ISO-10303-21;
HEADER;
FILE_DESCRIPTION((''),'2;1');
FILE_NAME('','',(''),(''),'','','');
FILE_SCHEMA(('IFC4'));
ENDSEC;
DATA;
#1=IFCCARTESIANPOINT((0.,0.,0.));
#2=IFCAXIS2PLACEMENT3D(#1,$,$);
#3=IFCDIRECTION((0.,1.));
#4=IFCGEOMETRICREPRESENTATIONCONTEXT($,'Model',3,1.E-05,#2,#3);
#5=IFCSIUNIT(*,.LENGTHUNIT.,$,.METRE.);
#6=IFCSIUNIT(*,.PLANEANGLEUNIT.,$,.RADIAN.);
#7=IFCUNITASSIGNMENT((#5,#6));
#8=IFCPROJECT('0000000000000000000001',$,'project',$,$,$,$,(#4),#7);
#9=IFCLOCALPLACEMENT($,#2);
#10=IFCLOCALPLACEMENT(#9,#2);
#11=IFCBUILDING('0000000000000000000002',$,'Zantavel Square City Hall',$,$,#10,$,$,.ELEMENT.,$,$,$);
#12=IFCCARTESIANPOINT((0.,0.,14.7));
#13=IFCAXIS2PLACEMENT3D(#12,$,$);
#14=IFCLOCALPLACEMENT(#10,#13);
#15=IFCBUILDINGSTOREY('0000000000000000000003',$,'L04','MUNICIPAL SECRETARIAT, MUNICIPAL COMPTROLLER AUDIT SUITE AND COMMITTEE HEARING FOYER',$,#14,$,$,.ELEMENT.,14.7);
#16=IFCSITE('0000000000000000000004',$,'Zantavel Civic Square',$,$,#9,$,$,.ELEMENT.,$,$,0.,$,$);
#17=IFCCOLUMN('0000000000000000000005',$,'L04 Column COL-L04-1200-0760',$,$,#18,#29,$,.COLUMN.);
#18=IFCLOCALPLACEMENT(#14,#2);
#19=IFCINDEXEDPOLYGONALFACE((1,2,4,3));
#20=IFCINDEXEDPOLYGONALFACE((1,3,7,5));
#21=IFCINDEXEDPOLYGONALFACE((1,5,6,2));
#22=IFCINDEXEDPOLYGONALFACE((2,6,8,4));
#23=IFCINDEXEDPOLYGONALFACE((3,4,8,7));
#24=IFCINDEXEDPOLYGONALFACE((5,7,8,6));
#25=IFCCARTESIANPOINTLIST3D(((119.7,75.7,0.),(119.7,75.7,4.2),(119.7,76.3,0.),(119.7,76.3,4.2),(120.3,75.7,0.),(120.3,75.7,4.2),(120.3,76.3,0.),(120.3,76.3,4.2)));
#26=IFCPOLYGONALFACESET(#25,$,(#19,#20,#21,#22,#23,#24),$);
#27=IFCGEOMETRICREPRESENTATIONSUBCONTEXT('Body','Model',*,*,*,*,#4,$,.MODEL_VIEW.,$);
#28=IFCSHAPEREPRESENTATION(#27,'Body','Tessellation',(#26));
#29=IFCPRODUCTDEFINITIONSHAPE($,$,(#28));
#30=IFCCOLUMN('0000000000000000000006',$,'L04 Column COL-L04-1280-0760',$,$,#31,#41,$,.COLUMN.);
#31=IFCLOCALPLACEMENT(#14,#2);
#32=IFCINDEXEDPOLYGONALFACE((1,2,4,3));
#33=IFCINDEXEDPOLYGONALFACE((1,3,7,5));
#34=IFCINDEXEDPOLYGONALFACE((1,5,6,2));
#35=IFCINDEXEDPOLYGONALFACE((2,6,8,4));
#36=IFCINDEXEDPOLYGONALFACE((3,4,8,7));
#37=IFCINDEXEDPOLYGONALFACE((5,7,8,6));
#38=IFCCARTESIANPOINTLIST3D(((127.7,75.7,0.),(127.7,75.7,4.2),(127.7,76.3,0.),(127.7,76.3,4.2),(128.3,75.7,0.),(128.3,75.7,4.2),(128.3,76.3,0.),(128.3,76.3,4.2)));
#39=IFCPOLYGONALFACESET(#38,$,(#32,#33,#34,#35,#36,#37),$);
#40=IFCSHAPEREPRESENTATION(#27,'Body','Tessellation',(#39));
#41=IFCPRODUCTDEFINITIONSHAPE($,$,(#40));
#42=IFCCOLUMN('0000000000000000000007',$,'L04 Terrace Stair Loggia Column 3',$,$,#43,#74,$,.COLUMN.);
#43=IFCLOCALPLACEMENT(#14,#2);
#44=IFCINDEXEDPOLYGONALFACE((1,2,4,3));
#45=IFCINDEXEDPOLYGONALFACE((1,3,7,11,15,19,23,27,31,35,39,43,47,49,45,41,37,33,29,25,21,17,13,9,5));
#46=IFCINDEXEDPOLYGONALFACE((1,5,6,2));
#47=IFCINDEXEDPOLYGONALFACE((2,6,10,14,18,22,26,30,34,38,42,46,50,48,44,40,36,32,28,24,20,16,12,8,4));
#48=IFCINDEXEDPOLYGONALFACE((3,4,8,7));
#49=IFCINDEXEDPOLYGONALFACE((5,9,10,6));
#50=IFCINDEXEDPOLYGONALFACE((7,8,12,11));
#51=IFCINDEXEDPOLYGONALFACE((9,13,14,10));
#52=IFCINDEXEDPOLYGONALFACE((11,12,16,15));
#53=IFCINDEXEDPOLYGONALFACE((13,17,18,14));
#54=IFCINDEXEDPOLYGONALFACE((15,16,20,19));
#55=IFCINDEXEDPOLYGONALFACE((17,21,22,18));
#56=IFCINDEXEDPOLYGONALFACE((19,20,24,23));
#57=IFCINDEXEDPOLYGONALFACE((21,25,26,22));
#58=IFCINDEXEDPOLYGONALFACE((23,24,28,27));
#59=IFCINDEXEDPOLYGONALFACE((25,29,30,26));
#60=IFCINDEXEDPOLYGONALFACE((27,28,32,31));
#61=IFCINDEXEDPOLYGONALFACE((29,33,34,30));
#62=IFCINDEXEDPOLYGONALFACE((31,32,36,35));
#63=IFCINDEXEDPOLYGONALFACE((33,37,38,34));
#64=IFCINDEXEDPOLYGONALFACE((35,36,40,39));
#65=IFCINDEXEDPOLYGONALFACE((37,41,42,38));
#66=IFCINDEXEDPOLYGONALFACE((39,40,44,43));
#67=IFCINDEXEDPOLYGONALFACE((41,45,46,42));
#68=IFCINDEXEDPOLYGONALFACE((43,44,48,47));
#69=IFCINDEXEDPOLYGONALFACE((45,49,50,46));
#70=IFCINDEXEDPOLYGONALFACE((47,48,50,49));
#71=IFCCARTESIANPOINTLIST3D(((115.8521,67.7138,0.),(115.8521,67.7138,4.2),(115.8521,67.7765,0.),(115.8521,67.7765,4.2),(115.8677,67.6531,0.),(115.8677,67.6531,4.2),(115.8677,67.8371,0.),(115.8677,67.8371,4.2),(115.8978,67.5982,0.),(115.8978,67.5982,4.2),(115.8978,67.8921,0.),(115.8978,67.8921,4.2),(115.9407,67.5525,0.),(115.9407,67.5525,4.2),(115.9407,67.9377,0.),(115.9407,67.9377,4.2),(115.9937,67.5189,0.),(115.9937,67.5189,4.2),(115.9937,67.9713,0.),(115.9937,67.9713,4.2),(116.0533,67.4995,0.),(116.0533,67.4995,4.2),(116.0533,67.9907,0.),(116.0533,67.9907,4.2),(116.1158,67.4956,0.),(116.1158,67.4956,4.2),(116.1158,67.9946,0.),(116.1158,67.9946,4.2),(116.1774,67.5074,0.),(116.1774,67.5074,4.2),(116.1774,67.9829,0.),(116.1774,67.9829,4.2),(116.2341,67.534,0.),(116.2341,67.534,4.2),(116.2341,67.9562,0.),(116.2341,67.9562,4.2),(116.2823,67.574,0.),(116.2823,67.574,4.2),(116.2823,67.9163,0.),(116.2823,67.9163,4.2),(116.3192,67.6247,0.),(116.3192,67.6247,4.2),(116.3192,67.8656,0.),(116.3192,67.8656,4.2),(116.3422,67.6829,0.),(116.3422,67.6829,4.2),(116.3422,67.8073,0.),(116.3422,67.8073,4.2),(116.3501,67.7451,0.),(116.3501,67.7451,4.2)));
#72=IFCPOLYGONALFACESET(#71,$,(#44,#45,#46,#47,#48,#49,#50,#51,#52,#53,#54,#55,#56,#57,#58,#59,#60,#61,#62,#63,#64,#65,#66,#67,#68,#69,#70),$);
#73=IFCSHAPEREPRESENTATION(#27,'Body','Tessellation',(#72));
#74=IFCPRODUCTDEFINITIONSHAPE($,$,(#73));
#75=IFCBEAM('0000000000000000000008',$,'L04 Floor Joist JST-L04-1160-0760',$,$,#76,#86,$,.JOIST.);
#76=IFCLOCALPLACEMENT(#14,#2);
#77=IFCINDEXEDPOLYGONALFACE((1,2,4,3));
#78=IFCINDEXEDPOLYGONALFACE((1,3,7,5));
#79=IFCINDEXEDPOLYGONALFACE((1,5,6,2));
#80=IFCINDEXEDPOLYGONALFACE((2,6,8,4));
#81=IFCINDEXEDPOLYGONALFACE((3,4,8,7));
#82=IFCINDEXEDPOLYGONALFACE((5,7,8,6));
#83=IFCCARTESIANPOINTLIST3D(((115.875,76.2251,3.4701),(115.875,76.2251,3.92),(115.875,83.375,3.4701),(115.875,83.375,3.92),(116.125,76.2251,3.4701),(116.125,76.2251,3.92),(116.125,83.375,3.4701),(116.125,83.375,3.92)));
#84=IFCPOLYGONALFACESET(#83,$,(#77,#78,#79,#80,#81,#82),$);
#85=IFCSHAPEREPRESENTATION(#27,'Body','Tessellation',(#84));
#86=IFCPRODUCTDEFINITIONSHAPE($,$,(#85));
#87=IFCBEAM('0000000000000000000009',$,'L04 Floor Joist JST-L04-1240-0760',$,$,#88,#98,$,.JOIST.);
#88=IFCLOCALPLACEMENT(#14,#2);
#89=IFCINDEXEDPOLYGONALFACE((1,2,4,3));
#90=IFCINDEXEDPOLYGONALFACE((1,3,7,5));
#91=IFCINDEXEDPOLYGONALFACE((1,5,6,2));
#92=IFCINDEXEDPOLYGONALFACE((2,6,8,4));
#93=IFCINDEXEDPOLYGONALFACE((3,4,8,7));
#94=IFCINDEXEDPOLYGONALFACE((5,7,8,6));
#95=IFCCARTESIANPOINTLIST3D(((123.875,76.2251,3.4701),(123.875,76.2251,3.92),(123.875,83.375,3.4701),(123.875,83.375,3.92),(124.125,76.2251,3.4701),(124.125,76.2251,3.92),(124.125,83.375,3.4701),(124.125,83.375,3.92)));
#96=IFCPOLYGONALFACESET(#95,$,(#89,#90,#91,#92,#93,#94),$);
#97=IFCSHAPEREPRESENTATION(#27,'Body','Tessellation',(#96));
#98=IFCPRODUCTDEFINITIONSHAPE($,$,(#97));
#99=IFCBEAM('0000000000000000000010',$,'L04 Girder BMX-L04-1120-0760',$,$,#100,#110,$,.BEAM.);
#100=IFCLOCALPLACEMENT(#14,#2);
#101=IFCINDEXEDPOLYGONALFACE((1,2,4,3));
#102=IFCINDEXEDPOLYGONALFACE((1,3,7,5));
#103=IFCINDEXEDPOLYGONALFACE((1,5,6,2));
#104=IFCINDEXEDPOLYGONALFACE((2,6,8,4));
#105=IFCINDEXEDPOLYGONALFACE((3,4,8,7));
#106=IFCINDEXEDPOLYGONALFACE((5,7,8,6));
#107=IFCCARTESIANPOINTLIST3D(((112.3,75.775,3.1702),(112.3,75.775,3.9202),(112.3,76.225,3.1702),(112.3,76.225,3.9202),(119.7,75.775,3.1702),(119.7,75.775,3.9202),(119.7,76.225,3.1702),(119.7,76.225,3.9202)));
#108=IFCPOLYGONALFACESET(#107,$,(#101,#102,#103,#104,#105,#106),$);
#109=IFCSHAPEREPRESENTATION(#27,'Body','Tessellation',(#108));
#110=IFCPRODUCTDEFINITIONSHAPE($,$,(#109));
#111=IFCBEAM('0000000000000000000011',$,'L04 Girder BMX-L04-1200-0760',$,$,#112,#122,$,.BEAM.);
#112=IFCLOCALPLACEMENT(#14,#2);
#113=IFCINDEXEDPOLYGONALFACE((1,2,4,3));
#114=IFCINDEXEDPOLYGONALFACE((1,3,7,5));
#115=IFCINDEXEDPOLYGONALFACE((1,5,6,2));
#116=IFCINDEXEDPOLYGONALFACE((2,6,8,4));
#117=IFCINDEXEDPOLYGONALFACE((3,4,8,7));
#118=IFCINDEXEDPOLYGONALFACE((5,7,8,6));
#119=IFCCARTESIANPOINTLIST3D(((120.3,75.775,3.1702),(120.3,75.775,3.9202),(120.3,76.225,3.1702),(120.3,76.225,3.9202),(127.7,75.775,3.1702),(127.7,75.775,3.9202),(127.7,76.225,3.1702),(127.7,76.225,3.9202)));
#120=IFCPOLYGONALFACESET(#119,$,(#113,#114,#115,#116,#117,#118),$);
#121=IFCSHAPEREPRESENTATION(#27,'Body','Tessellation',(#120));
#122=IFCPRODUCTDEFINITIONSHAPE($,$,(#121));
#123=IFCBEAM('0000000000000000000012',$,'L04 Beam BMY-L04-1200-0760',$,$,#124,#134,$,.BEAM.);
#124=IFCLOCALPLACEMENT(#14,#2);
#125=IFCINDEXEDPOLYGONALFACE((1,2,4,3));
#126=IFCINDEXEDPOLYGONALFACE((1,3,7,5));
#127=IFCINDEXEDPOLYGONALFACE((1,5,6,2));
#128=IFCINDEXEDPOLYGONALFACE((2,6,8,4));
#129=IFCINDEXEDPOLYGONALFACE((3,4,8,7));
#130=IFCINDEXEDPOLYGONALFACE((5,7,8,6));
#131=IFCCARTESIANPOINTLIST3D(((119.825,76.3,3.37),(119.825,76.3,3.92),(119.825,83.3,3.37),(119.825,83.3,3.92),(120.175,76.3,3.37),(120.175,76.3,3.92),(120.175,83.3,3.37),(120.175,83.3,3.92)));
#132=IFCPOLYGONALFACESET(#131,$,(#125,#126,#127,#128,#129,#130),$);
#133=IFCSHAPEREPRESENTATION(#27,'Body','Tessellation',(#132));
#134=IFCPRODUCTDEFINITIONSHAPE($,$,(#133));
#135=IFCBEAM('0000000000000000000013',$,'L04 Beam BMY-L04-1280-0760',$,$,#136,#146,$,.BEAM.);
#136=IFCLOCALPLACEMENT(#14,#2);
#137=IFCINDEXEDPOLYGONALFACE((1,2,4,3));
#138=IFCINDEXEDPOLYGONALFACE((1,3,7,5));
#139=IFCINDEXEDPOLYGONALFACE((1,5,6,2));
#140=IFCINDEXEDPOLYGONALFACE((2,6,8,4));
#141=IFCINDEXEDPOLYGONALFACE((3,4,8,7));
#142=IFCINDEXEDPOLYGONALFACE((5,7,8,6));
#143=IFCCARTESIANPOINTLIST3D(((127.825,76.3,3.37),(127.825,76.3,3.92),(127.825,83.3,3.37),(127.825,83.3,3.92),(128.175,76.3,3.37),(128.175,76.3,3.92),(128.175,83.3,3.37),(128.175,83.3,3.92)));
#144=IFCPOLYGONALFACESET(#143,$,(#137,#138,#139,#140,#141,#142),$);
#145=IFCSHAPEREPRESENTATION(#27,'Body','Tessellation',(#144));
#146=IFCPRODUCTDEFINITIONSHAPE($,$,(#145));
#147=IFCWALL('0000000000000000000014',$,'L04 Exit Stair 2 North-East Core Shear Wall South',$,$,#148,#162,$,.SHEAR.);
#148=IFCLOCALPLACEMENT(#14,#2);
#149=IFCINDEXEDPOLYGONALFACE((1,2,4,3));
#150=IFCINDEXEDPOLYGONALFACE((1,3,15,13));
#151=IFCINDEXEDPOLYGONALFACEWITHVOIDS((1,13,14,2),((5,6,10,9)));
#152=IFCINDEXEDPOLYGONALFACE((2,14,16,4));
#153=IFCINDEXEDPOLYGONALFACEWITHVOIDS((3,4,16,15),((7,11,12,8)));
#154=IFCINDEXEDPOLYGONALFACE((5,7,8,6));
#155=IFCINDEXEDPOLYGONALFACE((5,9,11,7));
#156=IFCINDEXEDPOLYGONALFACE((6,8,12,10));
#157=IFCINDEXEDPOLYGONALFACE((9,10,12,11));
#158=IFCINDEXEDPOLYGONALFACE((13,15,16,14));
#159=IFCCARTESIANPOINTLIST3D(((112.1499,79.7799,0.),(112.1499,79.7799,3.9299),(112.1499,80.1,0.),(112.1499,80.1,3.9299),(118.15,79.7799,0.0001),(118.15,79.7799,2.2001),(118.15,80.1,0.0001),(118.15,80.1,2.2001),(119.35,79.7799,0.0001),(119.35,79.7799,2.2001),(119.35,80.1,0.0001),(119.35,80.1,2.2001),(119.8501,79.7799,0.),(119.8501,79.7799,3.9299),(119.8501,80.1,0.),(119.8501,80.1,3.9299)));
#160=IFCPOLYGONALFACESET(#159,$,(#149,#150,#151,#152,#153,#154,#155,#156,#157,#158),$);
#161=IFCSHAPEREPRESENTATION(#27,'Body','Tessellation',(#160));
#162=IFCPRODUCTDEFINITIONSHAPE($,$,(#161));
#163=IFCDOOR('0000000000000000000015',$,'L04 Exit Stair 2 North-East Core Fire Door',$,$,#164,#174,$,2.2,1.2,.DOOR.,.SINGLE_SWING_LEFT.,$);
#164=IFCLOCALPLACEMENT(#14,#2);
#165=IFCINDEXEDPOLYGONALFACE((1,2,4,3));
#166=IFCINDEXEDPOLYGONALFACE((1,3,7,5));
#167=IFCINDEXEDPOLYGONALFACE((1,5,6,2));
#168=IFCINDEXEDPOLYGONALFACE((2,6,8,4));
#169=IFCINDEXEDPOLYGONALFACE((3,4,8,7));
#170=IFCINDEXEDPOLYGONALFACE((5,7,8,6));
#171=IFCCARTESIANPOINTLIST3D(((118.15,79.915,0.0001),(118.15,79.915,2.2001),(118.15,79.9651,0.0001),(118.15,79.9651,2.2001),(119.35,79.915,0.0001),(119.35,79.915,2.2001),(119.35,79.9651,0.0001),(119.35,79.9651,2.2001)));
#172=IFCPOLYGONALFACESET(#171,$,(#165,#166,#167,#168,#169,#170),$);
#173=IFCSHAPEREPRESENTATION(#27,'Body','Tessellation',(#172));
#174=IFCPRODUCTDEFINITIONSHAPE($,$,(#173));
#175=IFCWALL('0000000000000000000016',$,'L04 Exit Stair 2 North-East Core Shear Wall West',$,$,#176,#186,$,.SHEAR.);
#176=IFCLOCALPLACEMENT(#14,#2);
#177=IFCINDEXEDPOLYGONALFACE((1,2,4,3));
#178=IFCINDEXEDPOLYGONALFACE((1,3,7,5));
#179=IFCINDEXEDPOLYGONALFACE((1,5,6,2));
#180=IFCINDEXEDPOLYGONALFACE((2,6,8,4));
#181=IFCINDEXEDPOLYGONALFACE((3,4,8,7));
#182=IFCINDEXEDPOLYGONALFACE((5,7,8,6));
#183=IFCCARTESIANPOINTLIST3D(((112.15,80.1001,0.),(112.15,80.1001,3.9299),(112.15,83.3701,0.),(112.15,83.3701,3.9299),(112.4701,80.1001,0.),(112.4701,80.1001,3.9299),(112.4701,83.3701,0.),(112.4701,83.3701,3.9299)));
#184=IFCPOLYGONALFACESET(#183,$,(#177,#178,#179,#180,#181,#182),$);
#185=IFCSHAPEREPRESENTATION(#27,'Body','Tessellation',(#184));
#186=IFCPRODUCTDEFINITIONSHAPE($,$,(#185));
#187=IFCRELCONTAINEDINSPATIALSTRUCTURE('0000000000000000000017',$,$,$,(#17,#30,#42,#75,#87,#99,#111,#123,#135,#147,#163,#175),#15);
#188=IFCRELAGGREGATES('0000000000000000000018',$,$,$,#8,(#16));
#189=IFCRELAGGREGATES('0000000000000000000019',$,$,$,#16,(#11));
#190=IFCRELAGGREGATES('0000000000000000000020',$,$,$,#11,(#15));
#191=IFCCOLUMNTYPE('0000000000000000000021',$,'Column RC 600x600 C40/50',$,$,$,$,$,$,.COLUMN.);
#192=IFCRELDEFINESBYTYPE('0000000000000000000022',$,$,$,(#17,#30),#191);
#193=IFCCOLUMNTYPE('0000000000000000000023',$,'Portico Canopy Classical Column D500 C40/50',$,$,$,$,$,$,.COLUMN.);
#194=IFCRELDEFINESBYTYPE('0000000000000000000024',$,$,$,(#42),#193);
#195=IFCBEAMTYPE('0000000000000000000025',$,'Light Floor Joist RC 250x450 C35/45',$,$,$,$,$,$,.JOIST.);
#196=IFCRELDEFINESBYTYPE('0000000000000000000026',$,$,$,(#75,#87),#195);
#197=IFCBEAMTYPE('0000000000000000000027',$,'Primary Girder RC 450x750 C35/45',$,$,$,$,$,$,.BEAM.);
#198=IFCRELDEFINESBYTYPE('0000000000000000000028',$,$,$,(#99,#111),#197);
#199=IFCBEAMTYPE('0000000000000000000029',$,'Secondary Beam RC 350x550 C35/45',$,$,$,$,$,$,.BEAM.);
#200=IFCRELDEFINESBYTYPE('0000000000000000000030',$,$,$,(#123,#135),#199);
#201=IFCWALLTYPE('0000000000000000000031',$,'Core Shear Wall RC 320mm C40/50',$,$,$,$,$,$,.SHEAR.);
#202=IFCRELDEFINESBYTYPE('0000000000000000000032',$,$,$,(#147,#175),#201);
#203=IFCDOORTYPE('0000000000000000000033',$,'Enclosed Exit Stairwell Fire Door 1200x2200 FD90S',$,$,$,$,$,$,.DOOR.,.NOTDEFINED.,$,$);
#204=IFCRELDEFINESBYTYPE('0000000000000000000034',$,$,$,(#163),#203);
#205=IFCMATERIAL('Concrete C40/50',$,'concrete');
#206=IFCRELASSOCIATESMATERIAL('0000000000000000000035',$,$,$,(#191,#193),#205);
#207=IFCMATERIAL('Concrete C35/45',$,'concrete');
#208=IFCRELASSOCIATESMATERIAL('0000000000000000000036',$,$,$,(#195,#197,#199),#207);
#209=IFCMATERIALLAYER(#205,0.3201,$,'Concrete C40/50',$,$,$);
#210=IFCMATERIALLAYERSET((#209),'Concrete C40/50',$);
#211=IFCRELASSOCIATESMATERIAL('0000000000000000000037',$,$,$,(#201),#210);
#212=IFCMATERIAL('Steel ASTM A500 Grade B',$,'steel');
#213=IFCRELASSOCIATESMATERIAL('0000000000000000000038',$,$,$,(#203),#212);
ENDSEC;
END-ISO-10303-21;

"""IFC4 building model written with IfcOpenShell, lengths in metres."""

from ifc_helpers import new_model, si_unit, direction, frame, frame_2d, origin, origin_2d, place, context, subcontext, project, spatial, rectangle, circle, extrude, material, layer, layer_set, material_profile, profile_set, type_object, element, fill, save


model = new_model("IFC4")

# Units and contexts
model_context = context("Model", 3, precision=1e-05, world=origin(), true_north=direction((0.0, 1.0)))
body_context = subcontext(model_context, "Body", "Model", "MODEL_VIEW")
ifc_project = project(units=[si_unit("LENGTHUNIT", "METRE"), si_unit("PLANEANGLEUNIT", "RADIAN")], contexts=[model_context])

# Site, building, storey
site_placement = place(None, origin())
site = spatial("IfcSite", under=ifc_project, at=site_placement, Name="Zantavel Civic Square", CompositionType="ELEMENT", RefElevation=0.0)
building_placement = place(site_placement, origin())
building = spatial("IfcBuilding", under=site, at=building_placement, Name="Zantavel Square City Hall", CompositionType="ELEMENT")
storey_placement = place(building_placement, frame((0.0, 0.0, 14.7)))
storey = spatial("IfcBuildingStorey", under=building, at=storey_placement, Name="L04", Description="MUNICIPAL SECRETARIAT, MUNICIPAL COMPTROLLER AUDIT SUITE AND COMMITTEE HEARING FOYER", CompositionType="ELEMENT", Elevation=14.7)

# Columns
ifc_material_1 = material(Name="Concrete C40/50", Category="concrete")
ifc_material_profile_1 = material_profile(ifc_material_1, rectangle(XDim=0.6001, YDim=0.6001, at=origin_2d()), Name="RC 600x600")
ifc_profile_set_1 = profile_set([ifc_material_profile_1], Name="Concrete C40/50")
column_type_1 = type_object("IfcColumnType", Name="Column RC 600x600 C40/50", PredefinedType="COLUMN", material=ifc_profile_set_1)
for number, where, z_axis, x_axis, name in (
    (1, (120.0, 76.0, 0.0), (0.0, 0.0, 1.0), (1.0, 0.0, 0.0), "L04 Column COL-L04-1200-0760"),
    (2, (128.0, 76.0, 0.0), (0.0, 0.0, 1.0), (1.0, 0.0, 0.0), "L04 Column COL-L04-1280-0760"),
):
    element("IfcColumn", number, at=place(storey_placement, frame(where, z_axis=z_axis, x_axis=x_axis)), inside=storey, type_object=column_type_1, Name=name, PredefinedType="COLUMN", context=body_context, shape_type="SweptSolid", body=[
        extrude(rectangle(XDim=0.6001, YDim=0.6001, at=origin_2d()), origin(), (0.0, 0.0, 1.0), 4.2),
    ])
ifc_material_profile_2 = material_profile(ifc_material_1, circle(Radius=0.25, at=origin_2d()), Name="ROUND D500")
ifc_profile_set_2 = profile_set([ifc_material_profile_2], Name="Concrete C40/50")
column_type_2 = type_object("IfcColumnType", Name="Portico Canopy Classical Column D500 C40/50", PredefinedType="COLUMN", material=ifc_profile_set_2)
column_placement = place(storey_placement, frame((116.1001, 67.7451, 0.0), z_axis=(0.0, 0.0, 1.0), x_axis=(1.0, 0.0, 0.0)))
element("IfcColumn", 3, at=column_placement, inside=storey, type_object=column_type_2, Name="L04 Terrace Stair Loggia Column 3", PredefinedType="COLUMN", context=body_context, shape_type="SweptSolid", body=[
    extrude(circle(Radius=0.25, at=origin_2d()), origin(), (0.0, 0.0, 1.0), 4.2),
])

# Beams
ifc_material_2 = material(Name="Concrete C35/45", Category="concrete")
ifc_material_profile_3 = material_profile(ifc_material_2, rectangle(XDim=0.25, YDim=0.45, at=origin_2d()), Name="RC 250x450")
ifc_profile_set_3 = profile_set([ifc_material_profile_3], Name="Concrete C35/45")
beam_type_1 = type_object("IfcBeamType", Name="Light Floor Joist RC 250x450 C35/45", PredefinedType="JOIST", material=ifc_profile_set_3)
for number, where, z_axis, x_axis, name in (
    (4, (116.0, 76.2251, 3.6951), (0.0, 1.0, 0.0), (-1.0, 0.0, 0.0), "L04 Floor Joist JST-L04-1160-0760"),
    (5, (124.0, 76.2251, 3.6951), (0.0, 1.0, 0.0), (-1.0, 0.0, 0.0), "L04 Floor Joist JST-L04-1240-0760"),
):
    element("IfcBeam", number, at=place(storey_placement, frame(where, z_axis=z_axis, x_axis=x_axis)), inside=storey, type_object=beam_type_1, Name=name, PredefinedType="JOIST", context=body_context, shape_type="SweptSolid", body=[
        extrude(rectangle(XDim=0.25, YDim=0.45, at=origin_2d()), origin(), (0.0, 0.0, 1.0), 7.1499),
    ])
ifc_material_profile_4 = material_profile(ifc_material_2, rectangle(XDim=0.45, YDim=0.75, at=origin_2d()), Name="RC 450x750")
ifc_profile_set_4 = profile_set([ifc_material_profile_4], Name="Concrete C35/45")
beam_type_2 = type_object("IfcBeamType", Name="Primary Girder RC 450x750 C35/45", PredefinedType="BEAM", material=ifc_profile_set_4)
for number, where, z_axis, x_axis, name in (
    (6, (112.3, 76.0, 3.5452), (1.0, 0.0, 0.0), (0.0, 1.0, 0.0), "L04 Girder BMX-L04-1120-0760"),
    (7, (120.3, 76.0, 3.5452), (1.0, 0.0, 0.0), (0.0, 1.0, 0.0), "L04 Girder BMX-L04-1200-0760"),
):
    element("IfcBeam", number, at=place(storey_placement, frame(where, z_axis=z_axis, x_axis=x_axis)), inside=storey, type_object=beam_type_2, Name=name, PredefinedType="BEAM", context=body_context, shape_type="SweptSolid", body=[
        extrude(rectangle(XDim=0.45, YDim=0.75, at=origin_2d()), origin(), (0.0, 0.0, 1.0), 7.3999),
    ])
ifc_material_profile_5 = material_profile(ifc_material_2, rectangle(XDim=0.3501, YDim=0.55, at=origin_2d()), Name="RC 350x550")
ifc_profile_set_5 = profile_set([ifc_material_profile_5], Name="Concrete C35/45")
beam_type_3 = type_object("IfcBeamType", Name="Secondary Beam RC 350x550 C35/45", PredefinedType="BEAM", material=ifc_profile_set_5)
for number, where, z_axis, x_axis, name in (
    (8, (120.0, 76.3, 3.645), (0.0, 1.0, 0.0), (-1.0, 0.0, 0.0), "L04 Beam BMY-L04-1200-0760"),
    (9, (128.0, 76.3, 3.645), (0.0, 1.0, 0.0), (-1.0, 0.0, 0.0), "L04 Beam BMY-L04-1280-0760"),
):
    element("IfcBeam", number, at=place(storey_placement, frame(where, z_axis=z_axis, x_axis=x_axis)), inside=storey, type_object=beam_type_3, Name=name, PredefinedType="BEAM", context=body_context, shape_type="SweptSolid", body=[
        extrude(rectangle(XDim=0.3501, YDim=0.55, at=origin_2d()), origin(), (0.0, 0.0, 1.0), 7.0),
    ])

# Wall, opening, door
ifc_layer_1 = layer(ifc_material_1, 0.3201, Name="Concrete C40/50")
ifc_layer_set_1 = layer_set([ifc_layer_1], Name="Concrete C40/50")
wall_type_1 = type_object("IfcWallType", Name="Core Shear Wall RC 320mm C40/50", PredefinedType="SHEAR", material=ifc_layer_set_1)
wall_1_placement = place(storey_placement, frame((119.8501, 79.9399, 0.0), z_axis=(0.0, 0.0, 1.0), x_axis=(-1.0, 0.0, 0.0)))
wall_1 = element("IfcWall", 10, at=wall_1_placement, inside=storey, type_object=wall_type_1, Name="L04 Exit Stair 2 North-East Core Shear Wall South", PredefinedType="SHEAR", context=body_context, shape_type="SweptSolid", body=[
    extrude(rectangle(XDim=7.7002, YDim=0.3201, at=frame_2d((3.8501, 0.0))), origin(), (0.0, 0.0, 1.0), 3.9299),
])
opening_1_placement = place(wall_1_placement, frame((0.5, 0.0, 0.0)))
opening_1 = element("IfcOpeningElement", 11, at=opening_1_placement, cuts=wall_1, PredefinedType="OPENING", context=body_context, shape_type="SweptSolid", body=[
    extrude(rectangle(XDim=1.2, YDim=2.2, at=frame_2d((0.6001, 1.1001))), frame((0.0, 0.1699, 0.0), z_axis=(0.0, -1.0, 0.0), x_axis=(1.0, 0.0, 0.0)), (0.0, 0.0, 1.0), 0.3401),
])
ifc_material_3 = material(Name="Steel ASTM A500 Grade B", Category="steel")
door_type = type_object("IfcDoorType", Name="Enclosed Exit Stairwell Fire Door 1200x2200 FD90S", OperationType="NOTDEFINED", PredefinedType="DOOR", material=ifc_material_3)
door_placement = place(opening_1_placement, origin())
door = element("IfcDoor", 12, at=door_placement, inside=storey, type_object=door_type, Name="L04 Exit Stair 2 North-East Core Fire Door", OperationType="SINGLE_SWING_LEFT", OverallHeight=2.2, OverallWidth=1.2, PredefinedType="DOOR", context=body_context, shape_type="SweptSolid", body=[
    extrude(rectangle(XDim=1.2, YDim=2.2, at=frame_2d((0.6001, 1.1001))), frame((0.0, 0.0249, 0.0), z_axis=(0.0, -1.0, 0.0), x_axis=(1.0, 0.0, 0.0)), (0.0, 0.0, 1.0), 0.05),
])
fill(opening_1, door)

# Wall
wall_2_placement = place(storey_placement, frame((112.3101, 80.1001, 0.0), z_axis=(0.0, 0.0, 1.0), x_axis=(0.0, 1.0, 0.0)))
element("IfcWall", 13, at=wall_2_placement, inside=storey, type_object=wall_type_1, Name="L04 Exit Stair 2 North-East Core Shear Wall West", PredefinedType="SHEAR", context=body_context, shape_type="SweptSolid", body=[
    extrude(rectangle(XDim=3.27, YDim=0.3201, at=frame_2d((1.635, 0.0))), origin(), (0.0, 0.0, 1.0), 3.9299),
])

save(model, "model.ifc")
